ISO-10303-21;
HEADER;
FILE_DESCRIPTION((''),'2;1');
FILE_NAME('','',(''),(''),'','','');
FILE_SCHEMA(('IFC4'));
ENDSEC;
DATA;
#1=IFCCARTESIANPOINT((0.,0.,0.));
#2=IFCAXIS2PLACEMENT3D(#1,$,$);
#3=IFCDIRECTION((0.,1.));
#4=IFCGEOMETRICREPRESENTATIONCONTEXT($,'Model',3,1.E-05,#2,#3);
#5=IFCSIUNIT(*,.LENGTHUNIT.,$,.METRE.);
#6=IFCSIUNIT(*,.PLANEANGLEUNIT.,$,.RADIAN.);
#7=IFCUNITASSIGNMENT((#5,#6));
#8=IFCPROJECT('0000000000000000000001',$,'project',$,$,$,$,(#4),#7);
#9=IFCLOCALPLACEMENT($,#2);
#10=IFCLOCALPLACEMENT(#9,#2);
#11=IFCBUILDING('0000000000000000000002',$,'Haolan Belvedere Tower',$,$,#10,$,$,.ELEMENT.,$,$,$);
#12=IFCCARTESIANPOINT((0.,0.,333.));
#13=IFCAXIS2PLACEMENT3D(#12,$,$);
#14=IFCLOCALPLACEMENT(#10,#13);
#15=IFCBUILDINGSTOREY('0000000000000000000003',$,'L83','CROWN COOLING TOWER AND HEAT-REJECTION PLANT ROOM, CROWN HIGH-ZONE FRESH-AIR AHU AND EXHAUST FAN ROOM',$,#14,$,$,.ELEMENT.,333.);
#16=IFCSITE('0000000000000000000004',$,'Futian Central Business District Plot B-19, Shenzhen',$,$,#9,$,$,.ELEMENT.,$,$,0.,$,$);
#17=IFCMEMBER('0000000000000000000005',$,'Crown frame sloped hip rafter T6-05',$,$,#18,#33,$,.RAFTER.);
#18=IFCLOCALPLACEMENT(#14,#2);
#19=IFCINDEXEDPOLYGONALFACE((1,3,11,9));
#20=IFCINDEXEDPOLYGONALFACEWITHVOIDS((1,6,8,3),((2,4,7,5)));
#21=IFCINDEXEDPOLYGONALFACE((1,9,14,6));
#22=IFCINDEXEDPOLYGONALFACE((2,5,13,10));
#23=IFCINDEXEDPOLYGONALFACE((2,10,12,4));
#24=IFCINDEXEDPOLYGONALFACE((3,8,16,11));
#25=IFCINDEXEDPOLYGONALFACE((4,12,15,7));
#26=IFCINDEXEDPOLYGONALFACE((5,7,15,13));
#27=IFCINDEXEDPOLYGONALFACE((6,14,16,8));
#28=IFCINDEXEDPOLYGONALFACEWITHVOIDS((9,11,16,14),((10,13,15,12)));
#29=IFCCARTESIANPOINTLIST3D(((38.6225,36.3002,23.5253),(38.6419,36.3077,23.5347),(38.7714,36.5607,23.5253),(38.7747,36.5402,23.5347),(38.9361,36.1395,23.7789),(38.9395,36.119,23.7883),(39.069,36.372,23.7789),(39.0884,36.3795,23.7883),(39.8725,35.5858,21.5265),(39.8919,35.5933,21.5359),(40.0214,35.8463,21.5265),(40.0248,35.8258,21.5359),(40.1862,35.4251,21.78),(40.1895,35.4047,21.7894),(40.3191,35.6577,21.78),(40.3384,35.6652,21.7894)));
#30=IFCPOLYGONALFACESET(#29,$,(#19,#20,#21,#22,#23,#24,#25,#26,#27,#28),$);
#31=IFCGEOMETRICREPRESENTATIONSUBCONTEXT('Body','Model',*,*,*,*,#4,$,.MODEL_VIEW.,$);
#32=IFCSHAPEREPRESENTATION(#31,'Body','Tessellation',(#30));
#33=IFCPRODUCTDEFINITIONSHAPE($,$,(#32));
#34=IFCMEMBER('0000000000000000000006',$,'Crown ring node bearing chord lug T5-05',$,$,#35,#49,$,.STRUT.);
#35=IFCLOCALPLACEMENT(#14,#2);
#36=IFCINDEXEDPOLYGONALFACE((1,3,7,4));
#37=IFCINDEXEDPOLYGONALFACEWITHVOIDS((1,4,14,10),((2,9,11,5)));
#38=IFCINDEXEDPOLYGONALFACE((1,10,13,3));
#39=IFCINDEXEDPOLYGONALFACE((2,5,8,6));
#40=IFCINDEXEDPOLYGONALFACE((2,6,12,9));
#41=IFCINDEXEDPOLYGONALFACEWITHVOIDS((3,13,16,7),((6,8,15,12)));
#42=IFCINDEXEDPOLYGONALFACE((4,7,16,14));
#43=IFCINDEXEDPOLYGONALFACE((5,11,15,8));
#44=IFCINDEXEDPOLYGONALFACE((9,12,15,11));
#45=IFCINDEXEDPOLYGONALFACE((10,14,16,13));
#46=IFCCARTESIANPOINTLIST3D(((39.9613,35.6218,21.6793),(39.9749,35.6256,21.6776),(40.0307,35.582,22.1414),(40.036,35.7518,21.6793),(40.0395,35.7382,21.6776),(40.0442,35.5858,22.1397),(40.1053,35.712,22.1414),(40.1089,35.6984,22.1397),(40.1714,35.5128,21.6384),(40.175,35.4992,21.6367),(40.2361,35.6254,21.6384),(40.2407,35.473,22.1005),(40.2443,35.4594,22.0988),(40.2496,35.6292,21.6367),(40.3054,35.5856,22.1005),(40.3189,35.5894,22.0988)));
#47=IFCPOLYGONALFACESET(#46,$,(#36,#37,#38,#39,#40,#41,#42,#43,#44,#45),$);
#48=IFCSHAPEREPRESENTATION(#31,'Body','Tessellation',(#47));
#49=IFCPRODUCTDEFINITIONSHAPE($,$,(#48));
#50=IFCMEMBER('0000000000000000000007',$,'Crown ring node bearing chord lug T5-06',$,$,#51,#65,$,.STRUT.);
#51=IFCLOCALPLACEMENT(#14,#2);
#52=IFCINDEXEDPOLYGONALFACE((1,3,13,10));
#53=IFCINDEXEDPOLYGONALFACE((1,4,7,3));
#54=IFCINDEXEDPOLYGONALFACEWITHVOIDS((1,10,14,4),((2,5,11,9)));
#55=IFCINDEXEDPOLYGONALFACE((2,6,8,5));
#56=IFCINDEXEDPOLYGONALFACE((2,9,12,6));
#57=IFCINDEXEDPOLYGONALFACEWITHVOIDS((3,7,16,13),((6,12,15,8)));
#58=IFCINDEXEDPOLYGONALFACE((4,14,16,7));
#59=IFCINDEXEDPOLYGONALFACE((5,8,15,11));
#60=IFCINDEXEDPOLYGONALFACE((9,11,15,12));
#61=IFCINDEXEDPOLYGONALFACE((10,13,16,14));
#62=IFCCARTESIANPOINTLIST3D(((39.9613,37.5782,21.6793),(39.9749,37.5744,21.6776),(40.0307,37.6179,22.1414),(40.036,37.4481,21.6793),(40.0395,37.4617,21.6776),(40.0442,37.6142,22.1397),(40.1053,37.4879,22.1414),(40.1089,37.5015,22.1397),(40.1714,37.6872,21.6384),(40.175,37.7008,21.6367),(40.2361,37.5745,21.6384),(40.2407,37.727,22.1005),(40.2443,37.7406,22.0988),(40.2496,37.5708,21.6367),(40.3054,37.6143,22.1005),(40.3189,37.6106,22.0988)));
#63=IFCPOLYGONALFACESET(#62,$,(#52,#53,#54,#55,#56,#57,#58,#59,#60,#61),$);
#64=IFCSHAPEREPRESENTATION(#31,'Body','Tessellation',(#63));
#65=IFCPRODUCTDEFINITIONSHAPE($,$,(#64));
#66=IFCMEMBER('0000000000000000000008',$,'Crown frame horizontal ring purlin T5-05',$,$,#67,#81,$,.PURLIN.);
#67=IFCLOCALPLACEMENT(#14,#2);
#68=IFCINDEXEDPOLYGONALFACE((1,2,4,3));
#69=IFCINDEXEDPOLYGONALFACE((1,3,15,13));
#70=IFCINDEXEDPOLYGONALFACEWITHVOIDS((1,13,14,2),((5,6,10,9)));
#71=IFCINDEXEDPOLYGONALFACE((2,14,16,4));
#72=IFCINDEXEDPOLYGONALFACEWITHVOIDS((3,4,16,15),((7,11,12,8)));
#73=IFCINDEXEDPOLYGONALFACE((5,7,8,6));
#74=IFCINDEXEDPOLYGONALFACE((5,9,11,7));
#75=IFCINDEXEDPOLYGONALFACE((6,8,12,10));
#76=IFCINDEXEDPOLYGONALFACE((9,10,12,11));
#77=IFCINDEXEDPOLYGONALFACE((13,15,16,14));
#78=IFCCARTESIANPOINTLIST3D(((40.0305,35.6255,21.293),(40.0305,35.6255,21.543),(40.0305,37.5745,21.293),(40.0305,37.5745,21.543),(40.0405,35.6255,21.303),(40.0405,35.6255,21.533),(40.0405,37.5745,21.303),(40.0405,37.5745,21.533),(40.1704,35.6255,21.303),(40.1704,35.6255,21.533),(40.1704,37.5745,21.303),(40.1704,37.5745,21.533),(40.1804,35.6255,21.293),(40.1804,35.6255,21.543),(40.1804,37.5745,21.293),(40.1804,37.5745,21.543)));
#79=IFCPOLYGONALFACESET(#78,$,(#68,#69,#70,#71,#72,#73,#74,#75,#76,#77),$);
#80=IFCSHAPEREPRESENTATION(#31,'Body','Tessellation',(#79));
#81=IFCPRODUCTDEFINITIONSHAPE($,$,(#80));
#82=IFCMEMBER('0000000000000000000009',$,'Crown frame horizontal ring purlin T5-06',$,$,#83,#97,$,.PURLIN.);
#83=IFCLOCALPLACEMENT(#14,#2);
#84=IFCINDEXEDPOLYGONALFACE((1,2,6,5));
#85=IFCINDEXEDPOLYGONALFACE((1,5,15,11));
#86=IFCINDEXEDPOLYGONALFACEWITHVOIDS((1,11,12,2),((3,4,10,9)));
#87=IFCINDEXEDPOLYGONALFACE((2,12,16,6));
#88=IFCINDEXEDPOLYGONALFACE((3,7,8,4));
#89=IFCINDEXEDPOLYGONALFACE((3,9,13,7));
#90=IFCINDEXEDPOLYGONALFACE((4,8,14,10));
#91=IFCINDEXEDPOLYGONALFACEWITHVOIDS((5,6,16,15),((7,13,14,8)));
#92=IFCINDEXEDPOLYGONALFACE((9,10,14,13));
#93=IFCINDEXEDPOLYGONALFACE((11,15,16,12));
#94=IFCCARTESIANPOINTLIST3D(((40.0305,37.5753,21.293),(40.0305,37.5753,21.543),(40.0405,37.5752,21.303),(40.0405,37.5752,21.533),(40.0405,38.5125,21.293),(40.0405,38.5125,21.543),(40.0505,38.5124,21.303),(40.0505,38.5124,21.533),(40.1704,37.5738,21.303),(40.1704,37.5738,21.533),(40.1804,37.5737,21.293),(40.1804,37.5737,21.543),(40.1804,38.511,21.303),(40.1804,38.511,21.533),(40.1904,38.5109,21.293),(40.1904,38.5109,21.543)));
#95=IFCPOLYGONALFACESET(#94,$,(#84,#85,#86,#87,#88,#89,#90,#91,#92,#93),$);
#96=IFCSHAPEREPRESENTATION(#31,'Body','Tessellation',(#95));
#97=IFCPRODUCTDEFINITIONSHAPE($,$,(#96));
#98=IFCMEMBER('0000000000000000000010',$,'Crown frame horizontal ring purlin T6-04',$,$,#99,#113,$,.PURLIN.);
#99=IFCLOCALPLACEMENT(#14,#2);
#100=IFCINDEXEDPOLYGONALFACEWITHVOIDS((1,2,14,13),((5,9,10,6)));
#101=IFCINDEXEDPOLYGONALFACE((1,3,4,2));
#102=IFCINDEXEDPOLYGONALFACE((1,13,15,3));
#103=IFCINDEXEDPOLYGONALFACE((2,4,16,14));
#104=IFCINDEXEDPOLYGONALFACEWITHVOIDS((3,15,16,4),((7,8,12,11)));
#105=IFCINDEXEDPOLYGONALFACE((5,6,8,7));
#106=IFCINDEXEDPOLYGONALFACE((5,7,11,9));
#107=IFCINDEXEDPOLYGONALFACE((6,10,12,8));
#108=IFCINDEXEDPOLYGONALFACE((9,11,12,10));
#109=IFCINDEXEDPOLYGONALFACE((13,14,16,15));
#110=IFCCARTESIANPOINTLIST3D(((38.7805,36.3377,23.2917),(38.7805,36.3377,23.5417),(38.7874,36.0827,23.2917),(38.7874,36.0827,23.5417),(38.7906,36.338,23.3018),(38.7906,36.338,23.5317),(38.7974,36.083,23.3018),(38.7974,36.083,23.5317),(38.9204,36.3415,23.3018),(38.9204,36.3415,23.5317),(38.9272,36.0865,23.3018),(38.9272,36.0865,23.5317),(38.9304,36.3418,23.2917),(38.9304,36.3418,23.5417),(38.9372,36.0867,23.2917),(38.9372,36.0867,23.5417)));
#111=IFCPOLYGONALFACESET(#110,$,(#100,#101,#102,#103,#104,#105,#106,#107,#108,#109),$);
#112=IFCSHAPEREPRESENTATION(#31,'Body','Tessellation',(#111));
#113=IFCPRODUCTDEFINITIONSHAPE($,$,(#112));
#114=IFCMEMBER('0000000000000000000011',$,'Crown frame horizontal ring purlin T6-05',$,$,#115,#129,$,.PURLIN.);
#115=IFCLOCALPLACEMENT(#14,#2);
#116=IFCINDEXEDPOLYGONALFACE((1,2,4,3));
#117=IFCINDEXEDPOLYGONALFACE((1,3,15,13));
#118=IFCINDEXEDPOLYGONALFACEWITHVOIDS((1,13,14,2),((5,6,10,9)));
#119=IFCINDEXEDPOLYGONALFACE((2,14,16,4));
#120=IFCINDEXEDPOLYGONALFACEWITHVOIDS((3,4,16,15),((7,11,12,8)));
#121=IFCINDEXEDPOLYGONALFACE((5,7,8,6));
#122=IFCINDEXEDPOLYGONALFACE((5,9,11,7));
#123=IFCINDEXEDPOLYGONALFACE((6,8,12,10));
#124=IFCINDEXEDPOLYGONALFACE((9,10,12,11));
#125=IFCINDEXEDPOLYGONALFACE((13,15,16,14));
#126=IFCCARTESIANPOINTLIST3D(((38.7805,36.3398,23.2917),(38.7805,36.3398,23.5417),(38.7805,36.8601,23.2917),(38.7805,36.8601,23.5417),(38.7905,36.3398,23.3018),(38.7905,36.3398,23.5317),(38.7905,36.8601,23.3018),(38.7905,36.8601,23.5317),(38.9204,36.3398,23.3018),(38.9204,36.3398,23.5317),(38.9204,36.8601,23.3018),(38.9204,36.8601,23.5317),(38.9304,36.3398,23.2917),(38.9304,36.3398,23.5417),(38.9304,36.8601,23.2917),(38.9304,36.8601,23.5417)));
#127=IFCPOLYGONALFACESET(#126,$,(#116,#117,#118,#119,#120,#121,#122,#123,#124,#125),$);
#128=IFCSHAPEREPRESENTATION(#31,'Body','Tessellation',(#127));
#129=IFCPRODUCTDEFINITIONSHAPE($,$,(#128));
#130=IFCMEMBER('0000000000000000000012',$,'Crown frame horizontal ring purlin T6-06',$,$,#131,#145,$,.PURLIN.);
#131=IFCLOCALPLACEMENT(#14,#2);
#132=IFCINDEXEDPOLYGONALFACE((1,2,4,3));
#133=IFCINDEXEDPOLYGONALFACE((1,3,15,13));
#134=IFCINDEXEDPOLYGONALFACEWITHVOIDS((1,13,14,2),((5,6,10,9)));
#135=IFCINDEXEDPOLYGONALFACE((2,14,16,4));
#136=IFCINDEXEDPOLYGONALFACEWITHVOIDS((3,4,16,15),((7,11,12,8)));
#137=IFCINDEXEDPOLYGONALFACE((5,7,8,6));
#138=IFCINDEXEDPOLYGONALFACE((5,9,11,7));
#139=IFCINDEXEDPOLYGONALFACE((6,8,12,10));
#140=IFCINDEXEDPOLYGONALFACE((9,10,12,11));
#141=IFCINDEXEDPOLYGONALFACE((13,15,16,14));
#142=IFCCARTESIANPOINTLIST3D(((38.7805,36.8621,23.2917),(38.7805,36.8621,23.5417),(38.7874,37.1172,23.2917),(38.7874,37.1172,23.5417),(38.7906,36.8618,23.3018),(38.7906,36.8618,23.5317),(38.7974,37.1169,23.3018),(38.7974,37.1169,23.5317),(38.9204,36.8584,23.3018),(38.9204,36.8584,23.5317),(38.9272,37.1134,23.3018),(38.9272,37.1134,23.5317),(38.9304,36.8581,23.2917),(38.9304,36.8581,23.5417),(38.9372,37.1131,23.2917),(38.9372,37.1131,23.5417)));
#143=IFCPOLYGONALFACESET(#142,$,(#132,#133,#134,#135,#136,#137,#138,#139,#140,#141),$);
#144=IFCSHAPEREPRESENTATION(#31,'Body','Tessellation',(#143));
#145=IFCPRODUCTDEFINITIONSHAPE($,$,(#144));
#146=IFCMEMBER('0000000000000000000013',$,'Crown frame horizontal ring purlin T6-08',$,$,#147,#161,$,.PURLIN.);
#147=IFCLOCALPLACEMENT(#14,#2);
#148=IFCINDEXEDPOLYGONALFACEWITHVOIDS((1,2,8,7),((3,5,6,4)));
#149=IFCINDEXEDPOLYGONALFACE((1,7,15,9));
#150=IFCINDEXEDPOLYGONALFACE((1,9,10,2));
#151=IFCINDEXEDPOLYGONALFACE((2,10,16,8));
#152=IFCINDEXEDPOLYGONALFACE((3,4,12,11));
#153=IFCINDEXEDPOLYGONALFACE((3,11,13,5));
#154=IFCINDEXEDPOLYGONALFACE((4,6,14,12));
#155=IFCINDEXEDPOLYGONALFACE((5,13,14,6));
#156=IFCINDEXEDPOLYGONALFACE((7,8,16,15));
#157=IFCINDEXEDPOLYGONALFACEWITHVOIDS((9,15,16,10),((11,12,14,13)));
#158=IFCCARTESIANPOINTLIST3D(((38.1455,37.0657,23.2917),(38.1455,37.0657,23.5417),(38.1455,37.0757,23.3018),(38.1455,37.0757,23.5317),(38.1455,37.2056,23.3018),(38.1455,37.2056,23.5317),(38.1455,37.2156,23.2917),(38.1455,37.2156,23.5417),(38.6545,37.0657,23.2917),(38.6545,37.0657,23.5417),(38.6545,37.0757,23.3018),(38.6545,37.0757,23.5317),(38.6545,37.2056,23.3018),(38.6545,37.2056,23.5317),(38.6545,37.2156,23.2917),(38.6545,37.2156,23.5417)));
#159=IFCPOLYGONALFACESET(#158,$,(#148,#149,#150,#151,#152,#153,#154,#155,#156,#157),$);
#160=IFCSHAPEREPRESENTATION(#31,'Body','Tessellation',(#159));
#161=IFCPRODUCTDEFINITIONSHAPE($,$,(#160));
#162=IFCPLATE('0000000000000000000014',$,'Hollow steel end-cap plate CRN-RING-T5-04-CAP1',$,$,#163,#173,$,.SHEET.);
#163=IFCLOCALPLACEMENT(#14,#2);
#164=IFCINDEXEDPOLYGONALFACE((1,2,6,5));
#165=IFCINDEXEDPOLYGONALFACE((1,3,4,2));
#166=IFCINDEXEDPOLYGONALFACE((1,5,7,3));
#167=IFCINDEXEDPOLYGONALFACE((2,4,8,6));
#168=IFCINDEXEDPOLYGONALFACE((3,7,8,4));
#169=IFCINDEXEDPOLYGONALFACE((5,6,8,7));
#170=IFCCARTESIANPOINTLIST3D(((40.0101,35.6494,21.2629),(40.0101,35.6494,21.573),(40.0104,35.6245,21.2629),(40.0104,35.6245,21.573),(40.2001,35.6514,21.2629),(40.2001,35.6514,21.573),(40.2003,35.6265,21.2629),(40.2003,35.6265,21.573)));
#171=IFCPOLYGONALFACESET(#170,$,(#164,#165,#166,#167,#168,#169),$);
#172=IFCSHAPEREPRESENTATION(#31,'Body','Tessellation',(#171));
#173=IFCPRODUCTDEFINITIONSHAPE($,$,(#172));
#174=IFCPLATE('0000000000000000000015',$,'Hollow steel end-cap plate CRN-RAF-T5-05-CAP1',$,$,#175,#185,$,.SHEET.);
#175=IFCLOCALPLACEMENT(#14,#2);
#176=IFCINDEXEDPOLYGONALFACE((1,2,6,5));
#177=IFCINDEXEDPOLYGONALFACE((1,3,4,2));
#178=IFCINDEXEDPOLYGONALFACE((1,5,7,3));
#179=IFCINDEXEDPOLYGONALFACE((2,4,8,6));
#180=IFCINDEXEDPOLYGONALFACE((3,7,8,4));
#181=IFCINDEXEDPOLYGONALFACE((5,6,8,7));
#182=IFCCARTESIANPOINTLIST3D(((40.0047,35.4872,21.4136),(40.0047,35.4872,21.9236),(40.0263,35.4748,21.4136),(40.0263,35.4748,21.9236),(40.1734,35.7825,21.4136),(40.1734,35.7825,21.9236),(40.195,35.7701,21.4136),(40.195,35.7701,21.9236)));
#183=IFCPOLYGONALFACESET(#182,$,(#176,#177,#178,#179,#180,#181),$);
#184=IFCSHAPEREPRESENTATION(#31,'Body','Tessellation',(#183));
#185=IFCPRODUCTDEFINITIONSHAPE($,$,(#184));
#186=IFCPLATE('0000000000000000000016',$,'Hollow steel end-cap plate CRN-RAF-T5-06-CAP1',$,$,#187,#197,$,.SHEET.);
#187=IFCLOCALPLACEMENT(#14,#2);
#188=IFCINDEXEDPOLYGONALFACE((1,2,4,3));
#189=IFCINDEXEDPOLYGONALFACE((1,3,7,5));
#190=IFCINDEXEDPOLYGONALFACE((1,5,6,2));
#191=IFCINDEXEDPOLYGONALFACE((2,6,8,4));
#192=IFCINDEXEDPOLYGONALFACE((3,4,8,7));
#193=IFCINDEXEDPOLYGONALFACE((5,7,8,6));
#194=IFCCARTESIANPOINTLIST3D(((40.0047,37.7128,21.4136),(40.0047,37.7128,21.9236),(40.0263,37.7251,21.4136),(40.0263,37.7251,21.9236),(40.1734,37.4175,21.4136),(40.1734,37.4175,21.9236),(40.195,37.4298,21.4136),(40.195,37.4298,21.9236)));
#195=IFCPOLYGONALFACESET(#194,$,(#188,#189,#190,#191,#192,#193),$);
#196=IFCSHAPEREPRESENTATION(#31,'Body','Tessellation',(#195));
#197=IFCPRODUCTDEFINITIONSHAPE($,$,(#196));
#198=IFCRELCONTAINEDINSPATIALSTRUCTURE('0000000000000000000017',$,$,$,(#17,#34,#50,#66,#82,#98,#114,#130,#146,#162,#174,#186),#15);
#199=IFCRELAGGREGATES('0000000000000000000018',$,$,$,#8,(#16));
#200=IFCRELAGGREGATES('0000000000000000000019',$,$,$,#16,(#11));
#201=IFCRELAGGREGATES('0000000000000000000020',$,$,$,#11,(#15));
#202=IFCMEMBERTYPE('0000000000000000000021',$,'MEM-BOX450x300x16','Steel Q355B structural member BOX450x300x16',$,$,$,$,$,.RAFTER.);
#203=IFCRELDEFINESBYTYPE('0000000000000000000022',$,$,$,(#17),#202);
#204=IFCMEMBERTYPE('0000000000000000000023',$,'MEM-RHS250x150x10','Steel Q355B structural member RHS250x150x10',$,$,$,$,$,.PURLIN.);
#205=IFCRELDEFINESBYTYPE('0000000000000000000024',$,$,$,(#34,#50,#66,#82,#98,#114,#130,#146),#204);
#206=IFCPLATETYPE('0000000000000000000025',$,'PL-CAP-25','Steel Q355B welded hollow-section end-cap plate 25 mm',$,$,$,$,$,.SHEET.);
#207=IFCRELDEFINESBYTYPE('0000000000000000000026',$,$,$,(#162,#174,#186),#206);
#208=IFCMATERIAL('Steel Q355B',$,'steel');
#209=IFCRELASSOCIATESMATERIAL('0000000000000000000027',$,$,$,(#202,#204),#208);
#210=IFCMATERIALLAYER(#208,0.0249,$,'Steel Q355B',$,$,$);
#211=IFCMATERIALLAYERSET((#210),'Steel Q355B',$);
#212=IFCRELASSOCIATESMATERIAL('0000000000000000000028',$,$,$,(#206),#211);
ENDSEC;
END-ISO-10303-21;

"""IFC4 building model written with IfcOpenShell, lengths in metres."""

from ifc_helpers import new_model, si_unit, direction, frame, origin, origin_2d, place, context, subcontext, project, spatial, rectangle, hollow_rectangle, extrude, material, layer, layer_set, material_profile, profile_set, type_object, element, save


model = new_model("IFC4")

# Units and contexts
model_context = context("Model", 3, precision=1e-05, world=origin(), true_north=direction((0.0, 1.0)))
body_context = subcontext(model_context, "Body", "Model", "MODEL_VIEW")
ifc_project = project(units=[si_unit("LENGTHUNIT", "METRE"), si_unit("PLANEANGLEUNIT", "RADIAN")], contexts=[model_context])

# Site, building, storey
site_placement = place(None, origin())
site = spatial("IfcSite", under=ifc_project, at=site_placement, Name="Futian Central Business District Plot B-19, Shenzhen", CompositionType="ELEMENT", RefElevation=0.0)
building_placement = place(site_placement, origin())
building = spatial("IfcBuilding", under=site, at=building_placement, Name="Haolan Belvedere Tower", CompositionType="ELEMENT")
storey_placement = place(building_placement, frame((0.0, 0.0, 333.0)))
storey = spatial("IfcBuildingStorey", under=building, at=storey_placement, Name="L83", Description="CROWN COOLING TOWER AND HEAT-REJECTION PLANT ROOM, CROWN HIGH-ZONE FRESH-AIR AHU AND EXHAUST FAN ROOM", CompositionType="ELEMENT", Elevation=333.0)

# Members
ifc_material = material(Name="Steel Q355B", Category="steel")
ifc_material_profile_1 = material_profile(ifc_material, hollow_rectangle(XDim=0.3, YDim=0.45, WallThickness=0.0161, at=origin_2d()), Name="Steel Q355B")
ifc_profile_set_1 = profile_set([ifc_material_profile_1], Name="Steel Q355B")
member_type_1 = type_object("IfcMemberType", Name="MEM-BOX450x300x16", Description="Steel Q355B structural member BOX450x300x16", PredefinedType="RAFTER", material=ifc_profile_set_1)
member_1_placement = place(storey_placement, frame((40.1055, 35.6255, 21.658), z_axis=(-0.507446, 0.289998, 0.811418), x_axis=(-0.496175, -0.868222, 0.0)))
element("IfcMember", 1, at=member_1_placement, inside=storey, type_object=member_type_1, Name="Crown frame sloped hip rafter T6-05", PredefinedType="RAFTER", context=body_context, shape_type="SweptSolid", body=[
    extrude(hollow_rectangle(XDim=0.3, YDim=0.45, WallThickness=0.0161, at=origin_2d()), origin(), (0.0, 0.0, 1.0), 2.4634),
])
ifc_material_profile_2 = material_profile(ifc_material, hollow_rectangle(XDim=0.1499, YDim=0.25, WallThickness=0.01, at=origin_2d()), Name="Steel Q355B")
ifc_profile_set_2 = profile_set([ifc_material_profile_2], Name="Steel Q355B")
member_type_2 = type_object("IfcMemberType", Name="MEM-RHS250x150x10", Description="Steel Q355B structural member RHS250x150x10", PredefinedType="PURLIN", material=ifc_profile_set_2)
for number, where, z_axis, x_axis, name in (
    (2, (40.1055, 35.6255, 21.658), (0.147831, -0.084847, 0.985366), (0.497782, 0.867302, 0.0), "Crown ring node bearing chord lug T5-05"),
    (3, (40.1055, 37.5745, 21.658), (0.147831, 0.084847, 0.985366), (-0.497782, 0.867302, 0.0), "Crown ring node bearing chord lug T5-06"),
):
    element("IfcMember", number, at=place(storey_placement, frame(where, z_axis=z_axis, x_axis=x_axis)), inside=storey, type_object=member_type_2, Name=name, PredefinedType="STRUT", context=body_context, shape_type="SweptSolid", body=[
        extrude(hollow_rectangle(XDim=0.1499, YDim=0.25, WallThickness=0.01, at=origin_2d()), origin(), (0.0, 0.0, 1.0), 0.469),
    ])
member_2_placement = place(storey_placement, frame((40.1055, 35.6255, 21.418), z_axis=(0.0, 1.0, 0.0), x_axis=(-1.0, 0.0, 0.0)))
element("IfcMember", 4, at=member_2_placement, inside=storey, type_object=member_type_2, Name="Crown frame horizontal ring purlin T5-05", PredefinedType="PURLIN", context=body_context, shape_type="SweptSolid", body=[
    extrude(hollow_rectangle(XDim=0.1499, YDim=0.25, WallThickness=0.01, at=origin_2d()), origin(), (0.0, 0.0, 1.0), 1.949),
])
member_3_placement = place(storey_placement, frame((40.1055, 37.5745, 21.418), z_axis=(0.010679, 0.999943, 0.0), x_axis=(-0.999943, 0.010679, 0.0)))
element("IfcMember", 5, at=member_3_placement, inside=storey, type_object=member_type_2, Name="Crown frame horizontal ring purlin T5-06", PredefinedType="PURLIN", context=body_context, shape_type="SweptSolid", body=[
    extrude(hollow_rectangle(XDim=0.1499, YDim=0.25, WallThickness=0.01, at=origin_2d()), origin(), (0.0, 0.0, 1.0), 0.9373),
])
member_4_placement = place(storey_placement, frame((38.8623, 36.0847, 23.4167), z_axis=(-0.026785, 0.999641, 0.0), x_axis=(-0.999641, -0.026785, 0.0)))
element("IfcMember", 6, at=member_4_placement, inside=storey, type_object=member_type_2, Name="Crown frame horizontal ring purlin T6-04", PredefinedType="PURLIN", context=body_context, shape_type="SweptSolid", body=[
    extrude(hollow_rectangle(XDim=0.1499, YDim=0.25, WallThickness=0.01, at=origin_2d()), origin(), (0.0, 0.0, 1.0), 0.2551),
])
member_5_placement = place(storey_placement, frame((38.8555, 36.3398, 23.4167), z_axis=(0.0, 1.0, 0.0), x_axis=(-1.0, 0.0, 0.0)))
element("IfcMember", 7, at=member_5_placement, inside=storey, type_object=member_type_2, Name="Crown frame horizontal ring purlin T6-05", PredefinedType="PURLIN", context=body_context, shape_type="SweptSolid", body=[
    extrude(hollow_rectangle(XDim=0.1499, YDim=0.25, WallThickness=0.01, at=origin_2d()), origin(), (0.0, 0.0, 1.0), 0.5203),
])
member_6_placement = place(storey_placement, frame((38.8555, 36.8601, 23.4167), z_axis=(0.026785, 0.999641, 0.0), x_axis=(-0.999641, 0.026785, 0.0)))
element("IfcMember", 8, at=member_6_placement, inside=storey, type_object=member_type_2, Name="Crown frame horizontal ring purlin T6-06", PredefinedType="PURLIN", context=body_context, shape_type="SweptSolid", body=[
    extrude(hollow_rectangle(XDim=0.1499, YDim=0.25, WallThickness=0.01, at=origin_2d()), origin(), (0.0, 0.0, 1.0), 0.2551),
])
member_7_placement = place(storey_placement, frame((38.6545, 37.1406, 23.4167), z_axis=(-1.0, 0.0, 0.0), x_axis=(0.0, -1.0, 0.0)))
element("IfcMember", 9, at=member_7_placement, inside=storey, type_object=member_type_2, Name="Crown frame horizontal ring purlin T6-08", PredefinedType="PURLIN", context=body_context, shape_type="SweptSolid", body=[
    extrude(hollow_rectangle(XDim=0.1499, YDim=0.25, WallThickness=0.01, at=origin_2d()), origin(), (0.0, 0.0, 1.0), 0.509),
])

# Plates
ifc_layer = layer(ifc_material, 0.0249, Name="Steel Q355B")
ifc_layer_set = layer_set([ifc_layer], Name="Steel Q355B")
plate_type = type_object("IfcPlateType", Name="PL-CAP-25", Description="Steel Q355B welded hollow-section end-cap plate 25 mm", PredefinedType="SHEET", material=ifc_layer_set)
plate_1_placement = place(storey_placement, frame((40.1052, 35.6379, 21.2629), z_axis=(0.0, 0.0, 1.0), x_axis=(-0.999942, -0.010768, 0.0)))
element("IfcPlate", 10, at=plate_1_placement, inside=storey, type_object=plate_type, Name="Hollow steel end-cap plate CRN-RING-T5-04-CAP1", PredefinedType="SHEET", context=body_context, shape_type="SweptSolid", body=[
    extrude(rectangle(XDim=0.1899, YDim=0.0249, at=origin_2d()), origin(), (0.0, 0.0, 1.0), 0.3101),
])
for number, where, z_axis, x_axis, name in (
    (11, (40.0999, 35.6287, 21.4136), (0.0, 0.0, 1.0), (-0.496141, -0.868242, 0.0), "Hollow steel end-cap plate CRN-RAF-T5-05-CAP1"),
    (12, (40.0999, 37.5713, 21.4136), (0.0, 0.0, 1.0), (0.496141, -0.868242, 0.0), "Hollow steel end-cap plate CRN-RAF-T5-06-CAP1"),
):
    element("IfcPlate", number, at=place(storey_placement, frame(where, z_axis=z_axis, x_axis=x_axis)), inside=storey, type_object=plate_type, Name=name, PredefinedType="SHEET", context=body_context, shape_type="SweptSolid", body=[
        extrude(rectangle(XDim=0.3401, YDim=0.0249, at=origin_2d()), origin(), (0.0, 0.0, 1.0), 0.51),
    ])

save(model, "model.ifc")
